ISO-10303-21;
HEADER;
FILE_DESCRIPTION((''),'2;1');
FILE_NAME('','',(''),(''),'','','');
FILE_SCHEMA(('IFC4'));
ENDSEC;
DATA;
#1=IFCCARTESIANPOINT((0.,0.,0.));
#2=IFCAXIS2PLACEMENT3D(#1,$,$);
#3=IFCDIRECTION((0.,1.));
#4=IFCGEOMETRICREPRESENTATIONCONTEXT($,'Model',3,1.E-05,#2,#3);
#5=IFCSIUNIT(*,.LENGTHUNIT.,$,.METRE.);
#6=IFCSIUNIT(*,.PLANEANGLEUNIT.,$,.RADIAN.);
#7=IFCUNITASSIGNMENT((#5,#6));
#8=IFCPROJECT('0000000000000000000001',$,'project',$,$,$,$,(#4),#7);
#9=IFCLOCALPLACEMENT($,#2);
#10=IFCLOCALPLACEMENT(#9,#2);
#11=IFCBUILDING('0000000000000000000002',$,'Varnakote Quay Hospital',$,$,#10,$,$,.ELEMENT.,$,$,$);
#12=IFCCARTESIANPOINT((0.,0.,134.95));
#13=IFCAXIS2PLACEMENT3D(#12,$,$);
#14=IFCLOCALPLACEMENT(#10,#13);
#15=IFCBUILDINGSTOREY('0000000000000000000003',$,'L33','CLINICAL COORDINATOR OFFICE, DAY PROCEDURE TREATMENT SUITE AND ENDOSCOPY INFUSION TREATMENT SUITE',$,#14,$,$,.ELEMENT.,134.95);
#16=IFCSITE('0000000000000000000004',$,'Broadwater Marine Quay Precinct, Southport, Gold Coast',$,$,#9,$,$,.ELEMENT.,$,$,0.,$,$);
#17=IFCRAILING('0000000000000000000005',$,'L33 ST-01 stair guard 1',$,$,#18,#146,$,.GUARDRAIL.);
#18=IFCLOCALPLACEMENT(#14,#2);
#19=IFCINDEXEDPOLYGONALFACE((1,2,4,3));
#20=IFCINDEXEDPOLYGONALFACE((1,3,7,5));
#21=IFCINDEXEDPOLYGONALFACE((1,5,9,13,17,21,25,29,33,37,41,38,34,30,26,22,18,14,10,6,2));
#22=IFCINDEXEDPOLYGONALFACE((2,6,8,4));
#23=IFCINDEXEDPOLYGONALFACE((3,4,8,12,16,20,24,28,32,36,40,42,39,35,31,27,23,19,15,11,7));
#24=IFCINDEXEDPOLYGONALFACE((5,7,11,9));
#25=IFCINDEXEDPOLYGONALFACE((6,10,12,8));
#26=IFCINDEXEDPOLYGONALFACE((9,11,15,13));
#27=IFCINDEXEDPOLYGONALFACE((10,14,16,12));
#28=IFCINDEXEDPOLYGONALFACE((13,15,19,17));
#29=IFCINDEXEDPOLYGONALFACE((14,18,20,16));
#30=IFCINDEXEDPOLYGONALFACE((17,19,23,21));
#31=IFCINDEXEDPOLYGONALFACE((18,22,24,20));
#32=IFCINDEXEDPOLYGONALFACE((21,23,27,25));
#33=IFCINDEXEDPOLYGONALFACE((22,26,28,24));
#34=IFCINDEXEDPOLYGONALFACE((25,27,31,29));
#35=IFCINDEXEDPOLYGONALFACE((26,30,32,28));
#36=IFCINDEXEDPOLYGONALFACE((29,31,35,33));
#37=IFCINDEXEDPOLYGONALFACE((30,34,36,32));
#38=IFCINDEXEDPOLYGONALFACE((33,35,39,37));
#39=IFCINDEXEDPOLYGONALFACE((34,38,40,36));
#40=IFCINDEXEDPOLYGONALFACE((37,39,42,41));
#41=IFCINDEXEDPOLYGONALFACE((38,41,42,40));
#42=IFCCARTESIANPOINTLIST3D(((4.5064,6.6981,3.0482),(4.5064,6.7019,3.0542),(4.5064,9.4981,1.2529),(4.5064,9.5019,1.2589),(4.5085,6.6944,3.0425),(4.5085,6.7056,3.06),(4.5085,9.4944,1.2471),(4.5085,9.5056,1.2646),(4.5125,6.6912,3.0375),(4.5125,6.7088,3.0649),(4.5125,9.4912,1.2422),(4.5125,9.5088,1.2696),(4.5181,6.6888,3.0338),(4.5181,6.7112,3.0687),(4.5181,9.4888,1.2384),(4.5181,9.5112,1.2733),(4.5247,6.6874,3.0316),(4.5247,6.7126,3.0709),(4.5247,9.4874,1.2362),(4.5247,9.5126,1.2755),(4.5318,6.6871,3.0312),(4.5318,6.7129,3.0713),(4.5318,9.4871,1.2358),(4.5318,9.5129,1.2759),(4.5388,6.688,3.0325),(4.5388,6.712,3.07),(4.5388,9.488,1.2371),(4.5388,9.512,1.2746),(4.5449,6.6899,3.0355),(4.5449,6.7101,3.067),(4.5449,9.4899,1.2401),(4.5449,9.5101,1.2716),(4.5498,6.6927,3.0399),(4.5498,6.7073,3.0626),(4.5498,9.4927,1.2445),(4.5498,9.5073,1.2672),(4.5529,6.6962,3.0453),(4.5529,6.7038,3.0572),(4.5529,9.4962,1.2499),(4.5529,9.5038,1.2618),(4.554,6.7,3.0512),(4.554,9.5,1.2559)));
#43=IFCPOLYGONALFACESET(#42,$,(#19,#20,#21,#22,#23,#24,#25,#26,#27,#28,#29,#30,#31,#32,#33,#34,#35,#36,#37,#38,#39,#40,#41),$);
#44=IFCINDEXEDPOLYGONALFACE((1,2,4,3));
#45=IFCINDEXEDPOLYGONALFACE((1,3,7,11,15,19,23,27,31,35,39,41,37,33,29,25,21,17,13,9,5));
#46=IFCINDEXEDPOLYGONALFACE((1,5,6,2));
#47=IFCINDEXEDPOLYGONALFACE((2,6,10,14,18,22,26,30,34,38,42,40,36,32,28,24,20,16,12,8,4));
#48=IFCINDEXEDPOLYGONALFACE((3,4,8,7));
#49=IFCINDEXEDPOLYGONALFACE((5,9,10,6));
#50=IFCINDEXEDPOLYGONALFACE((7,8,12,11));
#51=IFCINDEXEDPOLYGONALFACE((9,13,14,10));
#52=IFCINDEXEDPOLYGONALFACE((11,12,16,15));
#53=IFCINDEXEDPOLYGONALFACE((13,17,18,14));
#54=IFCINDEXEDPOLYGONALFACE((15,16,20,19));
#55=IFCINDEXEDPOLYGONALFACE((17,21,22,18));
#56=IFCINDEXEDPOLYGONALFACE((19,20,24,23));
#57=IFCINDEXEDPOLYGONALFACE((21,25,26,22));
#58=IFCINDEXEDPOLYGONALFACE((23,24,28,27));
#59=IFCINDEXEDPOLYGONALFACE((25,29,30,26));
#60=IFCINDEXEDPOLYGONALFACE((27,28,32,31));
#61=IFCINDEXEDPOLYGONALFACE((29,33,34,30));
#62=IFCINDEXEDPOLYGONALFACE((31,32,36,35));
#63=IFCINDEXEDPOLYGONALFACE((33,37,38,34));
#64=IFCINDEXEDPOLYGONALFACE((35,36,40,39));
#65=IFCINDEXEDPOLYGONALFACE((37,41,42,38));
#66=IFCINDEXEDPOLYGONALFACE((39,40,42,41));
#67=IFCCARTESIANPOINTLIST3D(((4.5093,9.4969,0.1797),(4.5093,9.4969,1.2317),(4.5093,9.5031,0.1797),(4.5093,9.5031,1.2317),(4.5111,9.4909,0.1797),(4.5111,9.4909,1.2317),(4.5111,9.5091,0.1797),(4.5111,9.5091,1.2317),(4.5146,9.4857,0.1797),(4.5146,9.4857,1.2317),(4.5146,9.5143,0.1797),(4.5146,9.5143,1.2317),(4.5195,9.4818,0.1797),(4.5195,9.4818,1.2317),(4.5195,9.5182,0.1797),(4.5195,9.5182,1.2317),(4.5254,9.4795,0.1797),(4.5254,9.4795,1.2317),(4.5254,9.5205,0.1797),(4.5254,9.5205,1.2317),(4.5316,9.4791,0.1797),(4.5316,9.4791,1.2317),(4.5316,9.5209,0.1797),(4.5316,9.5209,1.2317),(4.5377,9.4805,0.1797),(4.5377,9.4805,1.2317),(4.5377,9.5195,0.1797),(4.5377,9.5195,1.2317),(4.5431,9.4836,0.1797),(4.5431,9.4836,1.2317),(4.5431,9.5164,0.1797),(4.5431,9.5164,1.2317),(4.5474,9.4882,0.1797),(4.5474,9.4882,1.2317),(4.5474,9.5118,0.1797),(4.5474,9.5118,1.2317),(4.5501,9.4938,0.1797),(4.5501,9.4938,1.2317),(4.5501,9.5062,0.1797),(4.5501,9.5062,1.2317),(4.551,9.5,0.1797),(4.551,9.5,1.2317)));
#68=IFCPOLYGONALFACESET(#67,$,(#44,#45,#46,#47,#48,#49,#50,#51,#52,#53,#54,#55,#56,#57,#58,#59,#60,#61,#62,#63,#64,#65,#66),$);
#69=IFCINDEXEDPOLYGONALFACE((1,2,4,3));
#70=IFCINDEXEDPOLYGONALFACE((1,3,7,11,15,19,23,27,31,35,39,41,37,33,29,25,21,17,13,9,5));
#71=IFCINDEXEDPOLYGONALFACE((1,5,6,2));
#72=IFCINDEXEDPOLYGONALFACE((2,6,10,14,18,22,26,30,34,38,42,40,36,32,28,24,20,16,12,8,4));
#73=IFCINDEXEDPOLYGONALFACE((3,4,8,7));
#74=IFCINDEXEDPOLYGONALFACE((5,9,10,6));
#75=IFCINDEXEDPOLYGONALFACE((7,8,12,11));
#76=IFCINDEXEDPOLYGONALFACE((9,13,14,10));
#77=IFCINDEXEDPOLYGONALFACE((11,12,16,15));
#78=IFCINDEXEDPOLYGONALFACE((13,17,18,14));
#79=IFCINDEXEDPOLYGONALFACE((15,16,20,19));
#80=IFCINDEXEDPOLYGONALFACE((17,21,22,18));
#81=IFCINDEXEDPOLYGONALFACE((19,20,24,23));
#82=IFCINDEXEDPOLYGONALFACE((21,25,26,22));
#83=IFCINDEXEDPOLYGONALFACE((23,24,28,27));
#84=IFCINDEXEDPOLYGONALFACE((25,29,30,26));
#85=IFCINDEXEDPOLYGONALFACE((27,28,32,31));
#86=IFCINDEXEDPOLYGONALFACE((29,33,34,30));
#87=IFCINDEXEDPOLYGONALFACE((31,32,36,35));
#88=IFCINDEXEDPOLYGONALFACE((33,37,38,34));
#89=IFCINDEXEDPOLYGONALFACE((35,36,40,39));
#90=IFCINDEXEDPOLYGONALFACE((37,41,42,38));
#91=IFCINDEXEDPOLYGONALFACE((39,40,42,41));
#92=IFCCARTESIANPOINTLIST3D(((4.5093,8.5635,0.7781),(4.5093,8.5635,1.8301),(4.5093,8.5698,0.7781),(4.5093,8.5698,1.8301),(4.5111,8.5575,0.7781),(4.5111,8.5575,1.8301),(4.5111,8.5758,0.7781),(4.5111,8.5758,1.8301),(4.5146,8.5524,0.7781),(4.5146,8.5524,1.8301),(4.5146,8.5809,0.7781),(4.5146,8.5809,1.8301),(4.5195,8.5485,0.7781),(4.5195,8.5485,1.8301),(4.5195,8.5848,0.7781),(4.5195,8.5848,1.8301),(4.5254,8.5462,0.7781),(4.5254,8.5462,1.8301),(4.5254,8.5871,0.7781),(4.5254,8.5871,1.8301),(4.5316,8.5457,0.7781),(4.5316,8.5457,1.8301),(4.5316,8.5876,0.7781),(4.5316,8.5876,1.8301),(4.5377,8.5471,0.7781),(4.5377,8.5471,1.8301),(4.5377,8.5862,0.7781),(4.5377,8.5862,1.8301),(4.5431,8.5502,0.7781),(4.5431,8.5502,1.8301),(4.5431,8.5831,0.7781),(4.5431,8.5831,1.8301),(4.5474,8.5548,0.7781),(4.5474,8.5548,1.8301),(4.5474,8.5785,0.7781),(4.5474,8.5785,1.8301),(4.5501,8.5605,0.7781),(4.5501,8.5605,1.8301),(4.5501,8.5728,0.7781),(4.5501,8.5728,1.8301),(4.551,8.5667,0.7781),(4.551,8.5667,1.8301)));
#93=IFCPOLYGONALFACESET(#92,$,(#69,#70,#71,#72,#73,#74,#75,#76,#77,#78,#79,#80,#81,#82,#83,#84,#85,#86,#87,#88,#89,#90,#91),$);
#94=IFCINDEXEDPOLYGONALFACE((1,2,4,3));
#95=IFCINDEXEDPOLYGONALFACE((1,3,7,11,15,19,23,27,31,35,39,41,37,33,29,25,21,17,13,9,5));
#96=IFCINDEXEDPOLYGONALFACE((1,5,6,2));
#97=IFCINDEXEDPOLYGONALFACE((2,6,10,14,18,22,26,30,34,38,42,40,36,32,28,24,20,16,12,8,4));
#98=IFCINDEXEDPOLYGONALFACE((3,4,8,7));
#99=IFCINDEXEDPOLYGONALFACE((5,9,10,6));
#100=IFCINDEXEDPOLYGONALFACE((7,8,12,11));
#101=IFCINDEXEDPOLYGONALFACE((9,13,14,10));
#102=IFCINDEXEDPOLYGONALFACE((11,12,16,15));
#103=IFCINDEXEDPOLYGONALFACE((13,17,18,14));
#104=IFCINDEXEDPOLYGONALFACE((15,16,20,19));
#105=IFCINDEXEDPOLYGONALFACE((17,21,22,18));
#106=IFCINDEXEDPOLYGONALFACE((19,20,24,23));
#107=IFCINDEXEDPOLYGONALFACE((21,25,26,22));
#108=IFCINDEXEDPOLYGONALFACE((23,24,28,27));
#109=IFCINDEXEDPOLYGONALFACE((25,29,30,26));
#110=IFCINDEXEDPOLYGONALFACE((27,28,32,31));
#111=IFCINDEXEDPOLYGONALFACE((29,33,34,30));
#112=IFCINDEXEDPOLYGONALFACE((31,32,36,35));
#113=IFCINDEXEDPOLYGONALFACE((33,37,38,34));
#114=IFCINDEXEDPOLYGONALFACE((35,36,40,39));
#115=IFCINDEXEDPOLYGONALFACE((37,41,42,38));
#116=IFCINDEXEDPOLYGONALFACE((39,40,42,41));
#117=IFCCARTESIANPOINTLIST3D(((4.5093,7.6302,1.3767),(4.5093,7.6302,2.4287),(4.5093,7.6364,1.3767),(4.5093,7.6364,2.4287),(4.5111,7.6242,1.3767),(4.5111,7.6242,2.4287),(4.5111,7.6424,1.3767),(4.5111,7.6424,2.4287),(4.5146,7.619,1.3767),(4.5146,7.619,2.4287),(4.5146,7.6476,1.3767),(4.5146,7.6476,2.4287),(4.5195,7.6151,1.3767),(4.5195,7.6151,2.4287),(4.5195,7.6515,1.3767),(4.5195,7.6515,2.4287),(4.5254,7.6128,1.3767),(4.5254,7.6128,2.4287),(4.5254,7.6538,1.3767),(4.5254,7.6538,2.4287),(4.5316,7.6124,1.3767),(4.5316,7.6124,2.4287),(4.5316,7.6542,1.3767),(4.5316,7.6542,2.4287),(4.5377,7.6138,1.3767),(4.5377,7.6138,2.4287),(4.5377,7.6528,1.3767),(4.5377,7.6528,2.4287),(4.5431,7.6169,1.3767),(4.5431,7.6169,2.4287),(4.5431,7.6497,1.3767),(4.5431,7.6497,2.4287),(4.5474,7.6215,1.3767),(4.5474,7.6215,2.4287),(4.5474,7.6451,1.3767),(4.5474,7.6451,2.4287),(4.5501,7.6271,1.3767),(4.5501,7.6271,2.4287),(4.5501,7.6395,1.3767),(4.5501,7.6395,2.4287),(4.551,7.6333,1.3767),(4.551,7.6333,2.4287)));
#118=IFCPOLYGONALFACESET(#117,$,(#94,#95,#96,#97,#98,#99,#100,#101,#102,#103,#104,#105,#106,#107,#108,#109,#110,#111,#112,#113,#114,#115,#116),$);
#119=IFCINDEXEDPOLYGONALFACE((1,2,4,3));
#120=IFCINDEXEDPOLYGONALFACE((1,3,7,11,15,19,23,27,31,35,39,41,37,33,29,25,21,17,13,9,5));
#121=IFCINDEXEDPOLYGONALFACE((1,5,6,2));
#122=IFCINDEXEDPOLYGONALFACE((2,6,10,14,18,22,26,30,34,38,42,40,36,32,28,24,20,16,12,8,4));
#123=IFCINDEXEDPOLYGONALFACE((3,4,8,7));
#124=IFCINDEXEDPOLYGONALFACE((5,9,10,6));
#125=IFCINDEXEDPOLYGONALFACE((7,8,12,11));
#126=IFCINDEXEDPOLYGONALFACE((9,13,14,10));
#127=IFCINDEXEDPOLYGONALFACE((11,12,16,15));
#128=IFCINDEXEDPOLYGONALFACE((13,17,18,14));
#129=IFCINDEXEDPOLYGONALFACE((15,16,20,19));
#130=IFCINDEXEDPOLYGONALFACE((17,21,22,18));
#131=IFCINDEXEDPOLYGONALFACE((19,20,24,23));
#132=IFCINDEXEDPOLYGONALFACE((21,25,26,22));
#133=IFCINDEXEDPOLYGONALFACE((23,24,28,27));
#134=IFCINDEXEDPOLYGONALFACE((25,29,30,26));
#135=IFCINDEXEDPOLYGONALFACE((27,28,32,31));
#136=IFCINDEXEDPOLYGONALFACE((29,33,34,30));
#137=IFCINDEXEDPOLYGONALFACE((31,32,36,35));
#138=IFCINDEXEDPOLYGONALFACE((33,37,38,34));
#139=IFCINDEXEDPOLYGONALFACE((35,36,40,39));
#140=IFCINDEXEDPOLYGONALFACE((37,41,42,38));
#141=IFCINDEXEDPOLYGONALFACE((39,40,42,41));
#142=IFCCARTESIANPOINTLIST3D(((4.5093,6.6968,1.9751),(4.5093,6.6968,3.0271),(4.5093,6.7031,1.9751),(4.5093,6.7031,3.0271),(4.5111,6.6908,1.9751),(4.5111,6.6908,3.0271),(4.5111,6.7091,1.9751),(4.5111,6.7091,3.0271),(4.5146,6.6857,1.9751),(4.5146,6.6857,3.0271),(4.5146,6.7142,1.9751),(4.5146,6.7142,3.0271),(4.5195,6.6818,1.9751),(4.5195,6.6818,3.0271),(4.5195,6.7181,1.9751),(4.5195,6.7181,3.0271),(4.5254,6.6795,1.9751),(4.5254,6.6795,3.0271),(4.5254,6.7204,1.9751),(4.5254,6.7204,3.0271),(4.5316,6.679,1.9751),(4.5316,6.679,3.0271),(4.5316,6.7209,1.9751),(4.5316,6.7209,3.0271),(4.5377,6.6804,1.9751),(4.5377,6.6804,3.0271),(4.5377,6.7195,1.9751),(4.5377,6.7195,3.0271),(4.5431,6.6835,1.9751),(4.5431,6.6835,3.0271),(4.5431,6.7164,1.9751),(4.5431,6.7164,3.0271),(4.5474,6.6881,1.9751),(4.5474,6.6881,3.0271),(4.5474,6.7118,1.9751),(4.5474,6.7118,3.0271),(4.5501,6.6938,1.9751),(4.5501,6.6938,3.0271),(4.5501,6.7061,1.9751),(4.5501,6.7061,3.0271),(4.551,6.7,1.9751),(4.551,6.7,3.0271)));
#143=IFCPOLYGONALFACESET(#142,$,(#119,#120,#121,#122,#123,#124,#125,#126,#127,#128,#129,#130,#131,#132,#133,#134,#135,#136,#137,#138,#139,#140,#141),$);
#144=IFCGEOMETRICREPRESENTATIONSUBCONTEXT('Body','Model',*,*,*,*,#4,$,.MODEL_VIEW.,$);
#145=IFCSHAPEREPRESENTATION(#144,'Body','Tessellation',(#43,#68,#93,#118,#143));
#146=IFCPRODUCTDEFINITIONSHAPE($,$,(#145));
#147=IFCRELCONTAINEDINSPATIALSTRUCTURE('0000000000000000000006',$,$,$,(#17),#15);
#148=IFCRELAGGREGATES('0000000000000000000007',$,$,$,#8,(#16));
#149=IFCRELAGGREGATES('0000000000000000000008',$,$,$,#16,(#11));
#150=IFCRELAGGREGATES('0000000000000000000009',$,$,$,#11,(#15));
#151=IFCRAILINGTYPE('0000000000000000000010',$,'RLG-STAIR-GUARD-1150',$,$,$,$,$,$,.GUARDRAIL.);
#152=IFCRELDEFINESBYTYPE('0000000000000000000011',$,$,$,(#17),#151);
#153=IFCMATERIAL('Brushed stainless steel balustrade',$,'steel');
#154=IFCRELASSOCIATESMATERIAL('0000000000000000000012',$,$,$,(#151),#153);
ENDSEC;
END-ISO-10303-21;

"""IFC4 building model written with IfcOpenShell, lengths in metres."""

from ifc_helpers import new_model, si_unit, direction, frame, origin, origin_2d, place, context, subcontext, project, spatial, circle, extrude, material, type_object, element, save


model = new_model("IFC4")

# Units and contexts
model_context = context("Model", 3, precision=1e-05, world=origin(), true_north=direction((0.0, 1.0)))
body_context = subcontext(model_context, "Body", "Model", "MODEL_VIEW")
ifc_project = project(units=[si_unit("LENGTHUNIT", "METRE"), si_unit("PLANEANGLEUNIT", "RADIAN")], contexts=[model_context])

# Site, building, storey
site_placement = place(None, origin())
site = spatial("IfcSite", under=ifc_project, at=site_placement, Name="Broadwater Marine Quay Precinct, Southport, Gold Coast", CompositionType="ELEMENT", RefElevation=0.0)
building_placement = place(site_placement, origin())
building = spatial("IfcBuilding", under=site, at=building_placement, Name="Varnakote Quay Hospital", CompositionType="ELEMENT")
storey_placement = place(building_placement, frame((0.0, 0.0, 134.95)))
storey = spatial("IfcBuildingStorey", under=building, at=storey_placement, Name="L33", Description="CLINICAL COORDINATOR OFFICE, DAY PROCEDURE TREATMENT SUITE AND ENDOSCOPY INFUSION TREATMENT SUITE", CompositionType="ELEMENT", Elevation=134.95)

# Railing
ifc_material_1 = material(Name="Brushed stainless steel balustrade", Category="steel")
railing_type_1 = type_object("IfcRailingType", Name="RLG-STAIR-GUARD-1150", PredefinedType="GUARDRAIL", material=ifc_material_1)
railing_1_placement = place(storey_placement, frame((4.53, 9.5, 0.1797)))
element("IfcRailing", 1, at=railing_1_placement, inside=storey, type_object=railing_type_1, Name="L33 ST-01 stair guard 1", PredefinedType="GUARDRAIL", context=body_context, shape_type="SweptSolid", body=[
    extrude(circle(Radius=0.0239, at=origin_2d()), frame((0.0, 0.0, 1.0762), z_axis=(0.0, -0.84181, 0.539774), x_axis=(1.0, 0.0, 0.0)), (0.0, 0.0, 1.0), 3.3262),
    extrude(circle(Radius=0.021, at=origin_2d()), origin(), (0.0, 0.0, 1.0), 1.052),
    extrude(circle(Radius=0.021, at=origin_2d()), frame((0.0, -0.9333, 0.5984)), (0.0, 0.0, 1.0), 1.052),
    extrude(circle(Radius=0.021, at=origin_2d()), frame((0.0, -1.8667, 1.197)), (0.0, 0.0, 1.0), 1.052),
    extrude(circle(Radius=0.021, at=origin_2d()), frame((0.0, -2.8, 1.7954)), (0.0, 0.0, 1.0), 1.052),
])

save(model, "model.ifc")
